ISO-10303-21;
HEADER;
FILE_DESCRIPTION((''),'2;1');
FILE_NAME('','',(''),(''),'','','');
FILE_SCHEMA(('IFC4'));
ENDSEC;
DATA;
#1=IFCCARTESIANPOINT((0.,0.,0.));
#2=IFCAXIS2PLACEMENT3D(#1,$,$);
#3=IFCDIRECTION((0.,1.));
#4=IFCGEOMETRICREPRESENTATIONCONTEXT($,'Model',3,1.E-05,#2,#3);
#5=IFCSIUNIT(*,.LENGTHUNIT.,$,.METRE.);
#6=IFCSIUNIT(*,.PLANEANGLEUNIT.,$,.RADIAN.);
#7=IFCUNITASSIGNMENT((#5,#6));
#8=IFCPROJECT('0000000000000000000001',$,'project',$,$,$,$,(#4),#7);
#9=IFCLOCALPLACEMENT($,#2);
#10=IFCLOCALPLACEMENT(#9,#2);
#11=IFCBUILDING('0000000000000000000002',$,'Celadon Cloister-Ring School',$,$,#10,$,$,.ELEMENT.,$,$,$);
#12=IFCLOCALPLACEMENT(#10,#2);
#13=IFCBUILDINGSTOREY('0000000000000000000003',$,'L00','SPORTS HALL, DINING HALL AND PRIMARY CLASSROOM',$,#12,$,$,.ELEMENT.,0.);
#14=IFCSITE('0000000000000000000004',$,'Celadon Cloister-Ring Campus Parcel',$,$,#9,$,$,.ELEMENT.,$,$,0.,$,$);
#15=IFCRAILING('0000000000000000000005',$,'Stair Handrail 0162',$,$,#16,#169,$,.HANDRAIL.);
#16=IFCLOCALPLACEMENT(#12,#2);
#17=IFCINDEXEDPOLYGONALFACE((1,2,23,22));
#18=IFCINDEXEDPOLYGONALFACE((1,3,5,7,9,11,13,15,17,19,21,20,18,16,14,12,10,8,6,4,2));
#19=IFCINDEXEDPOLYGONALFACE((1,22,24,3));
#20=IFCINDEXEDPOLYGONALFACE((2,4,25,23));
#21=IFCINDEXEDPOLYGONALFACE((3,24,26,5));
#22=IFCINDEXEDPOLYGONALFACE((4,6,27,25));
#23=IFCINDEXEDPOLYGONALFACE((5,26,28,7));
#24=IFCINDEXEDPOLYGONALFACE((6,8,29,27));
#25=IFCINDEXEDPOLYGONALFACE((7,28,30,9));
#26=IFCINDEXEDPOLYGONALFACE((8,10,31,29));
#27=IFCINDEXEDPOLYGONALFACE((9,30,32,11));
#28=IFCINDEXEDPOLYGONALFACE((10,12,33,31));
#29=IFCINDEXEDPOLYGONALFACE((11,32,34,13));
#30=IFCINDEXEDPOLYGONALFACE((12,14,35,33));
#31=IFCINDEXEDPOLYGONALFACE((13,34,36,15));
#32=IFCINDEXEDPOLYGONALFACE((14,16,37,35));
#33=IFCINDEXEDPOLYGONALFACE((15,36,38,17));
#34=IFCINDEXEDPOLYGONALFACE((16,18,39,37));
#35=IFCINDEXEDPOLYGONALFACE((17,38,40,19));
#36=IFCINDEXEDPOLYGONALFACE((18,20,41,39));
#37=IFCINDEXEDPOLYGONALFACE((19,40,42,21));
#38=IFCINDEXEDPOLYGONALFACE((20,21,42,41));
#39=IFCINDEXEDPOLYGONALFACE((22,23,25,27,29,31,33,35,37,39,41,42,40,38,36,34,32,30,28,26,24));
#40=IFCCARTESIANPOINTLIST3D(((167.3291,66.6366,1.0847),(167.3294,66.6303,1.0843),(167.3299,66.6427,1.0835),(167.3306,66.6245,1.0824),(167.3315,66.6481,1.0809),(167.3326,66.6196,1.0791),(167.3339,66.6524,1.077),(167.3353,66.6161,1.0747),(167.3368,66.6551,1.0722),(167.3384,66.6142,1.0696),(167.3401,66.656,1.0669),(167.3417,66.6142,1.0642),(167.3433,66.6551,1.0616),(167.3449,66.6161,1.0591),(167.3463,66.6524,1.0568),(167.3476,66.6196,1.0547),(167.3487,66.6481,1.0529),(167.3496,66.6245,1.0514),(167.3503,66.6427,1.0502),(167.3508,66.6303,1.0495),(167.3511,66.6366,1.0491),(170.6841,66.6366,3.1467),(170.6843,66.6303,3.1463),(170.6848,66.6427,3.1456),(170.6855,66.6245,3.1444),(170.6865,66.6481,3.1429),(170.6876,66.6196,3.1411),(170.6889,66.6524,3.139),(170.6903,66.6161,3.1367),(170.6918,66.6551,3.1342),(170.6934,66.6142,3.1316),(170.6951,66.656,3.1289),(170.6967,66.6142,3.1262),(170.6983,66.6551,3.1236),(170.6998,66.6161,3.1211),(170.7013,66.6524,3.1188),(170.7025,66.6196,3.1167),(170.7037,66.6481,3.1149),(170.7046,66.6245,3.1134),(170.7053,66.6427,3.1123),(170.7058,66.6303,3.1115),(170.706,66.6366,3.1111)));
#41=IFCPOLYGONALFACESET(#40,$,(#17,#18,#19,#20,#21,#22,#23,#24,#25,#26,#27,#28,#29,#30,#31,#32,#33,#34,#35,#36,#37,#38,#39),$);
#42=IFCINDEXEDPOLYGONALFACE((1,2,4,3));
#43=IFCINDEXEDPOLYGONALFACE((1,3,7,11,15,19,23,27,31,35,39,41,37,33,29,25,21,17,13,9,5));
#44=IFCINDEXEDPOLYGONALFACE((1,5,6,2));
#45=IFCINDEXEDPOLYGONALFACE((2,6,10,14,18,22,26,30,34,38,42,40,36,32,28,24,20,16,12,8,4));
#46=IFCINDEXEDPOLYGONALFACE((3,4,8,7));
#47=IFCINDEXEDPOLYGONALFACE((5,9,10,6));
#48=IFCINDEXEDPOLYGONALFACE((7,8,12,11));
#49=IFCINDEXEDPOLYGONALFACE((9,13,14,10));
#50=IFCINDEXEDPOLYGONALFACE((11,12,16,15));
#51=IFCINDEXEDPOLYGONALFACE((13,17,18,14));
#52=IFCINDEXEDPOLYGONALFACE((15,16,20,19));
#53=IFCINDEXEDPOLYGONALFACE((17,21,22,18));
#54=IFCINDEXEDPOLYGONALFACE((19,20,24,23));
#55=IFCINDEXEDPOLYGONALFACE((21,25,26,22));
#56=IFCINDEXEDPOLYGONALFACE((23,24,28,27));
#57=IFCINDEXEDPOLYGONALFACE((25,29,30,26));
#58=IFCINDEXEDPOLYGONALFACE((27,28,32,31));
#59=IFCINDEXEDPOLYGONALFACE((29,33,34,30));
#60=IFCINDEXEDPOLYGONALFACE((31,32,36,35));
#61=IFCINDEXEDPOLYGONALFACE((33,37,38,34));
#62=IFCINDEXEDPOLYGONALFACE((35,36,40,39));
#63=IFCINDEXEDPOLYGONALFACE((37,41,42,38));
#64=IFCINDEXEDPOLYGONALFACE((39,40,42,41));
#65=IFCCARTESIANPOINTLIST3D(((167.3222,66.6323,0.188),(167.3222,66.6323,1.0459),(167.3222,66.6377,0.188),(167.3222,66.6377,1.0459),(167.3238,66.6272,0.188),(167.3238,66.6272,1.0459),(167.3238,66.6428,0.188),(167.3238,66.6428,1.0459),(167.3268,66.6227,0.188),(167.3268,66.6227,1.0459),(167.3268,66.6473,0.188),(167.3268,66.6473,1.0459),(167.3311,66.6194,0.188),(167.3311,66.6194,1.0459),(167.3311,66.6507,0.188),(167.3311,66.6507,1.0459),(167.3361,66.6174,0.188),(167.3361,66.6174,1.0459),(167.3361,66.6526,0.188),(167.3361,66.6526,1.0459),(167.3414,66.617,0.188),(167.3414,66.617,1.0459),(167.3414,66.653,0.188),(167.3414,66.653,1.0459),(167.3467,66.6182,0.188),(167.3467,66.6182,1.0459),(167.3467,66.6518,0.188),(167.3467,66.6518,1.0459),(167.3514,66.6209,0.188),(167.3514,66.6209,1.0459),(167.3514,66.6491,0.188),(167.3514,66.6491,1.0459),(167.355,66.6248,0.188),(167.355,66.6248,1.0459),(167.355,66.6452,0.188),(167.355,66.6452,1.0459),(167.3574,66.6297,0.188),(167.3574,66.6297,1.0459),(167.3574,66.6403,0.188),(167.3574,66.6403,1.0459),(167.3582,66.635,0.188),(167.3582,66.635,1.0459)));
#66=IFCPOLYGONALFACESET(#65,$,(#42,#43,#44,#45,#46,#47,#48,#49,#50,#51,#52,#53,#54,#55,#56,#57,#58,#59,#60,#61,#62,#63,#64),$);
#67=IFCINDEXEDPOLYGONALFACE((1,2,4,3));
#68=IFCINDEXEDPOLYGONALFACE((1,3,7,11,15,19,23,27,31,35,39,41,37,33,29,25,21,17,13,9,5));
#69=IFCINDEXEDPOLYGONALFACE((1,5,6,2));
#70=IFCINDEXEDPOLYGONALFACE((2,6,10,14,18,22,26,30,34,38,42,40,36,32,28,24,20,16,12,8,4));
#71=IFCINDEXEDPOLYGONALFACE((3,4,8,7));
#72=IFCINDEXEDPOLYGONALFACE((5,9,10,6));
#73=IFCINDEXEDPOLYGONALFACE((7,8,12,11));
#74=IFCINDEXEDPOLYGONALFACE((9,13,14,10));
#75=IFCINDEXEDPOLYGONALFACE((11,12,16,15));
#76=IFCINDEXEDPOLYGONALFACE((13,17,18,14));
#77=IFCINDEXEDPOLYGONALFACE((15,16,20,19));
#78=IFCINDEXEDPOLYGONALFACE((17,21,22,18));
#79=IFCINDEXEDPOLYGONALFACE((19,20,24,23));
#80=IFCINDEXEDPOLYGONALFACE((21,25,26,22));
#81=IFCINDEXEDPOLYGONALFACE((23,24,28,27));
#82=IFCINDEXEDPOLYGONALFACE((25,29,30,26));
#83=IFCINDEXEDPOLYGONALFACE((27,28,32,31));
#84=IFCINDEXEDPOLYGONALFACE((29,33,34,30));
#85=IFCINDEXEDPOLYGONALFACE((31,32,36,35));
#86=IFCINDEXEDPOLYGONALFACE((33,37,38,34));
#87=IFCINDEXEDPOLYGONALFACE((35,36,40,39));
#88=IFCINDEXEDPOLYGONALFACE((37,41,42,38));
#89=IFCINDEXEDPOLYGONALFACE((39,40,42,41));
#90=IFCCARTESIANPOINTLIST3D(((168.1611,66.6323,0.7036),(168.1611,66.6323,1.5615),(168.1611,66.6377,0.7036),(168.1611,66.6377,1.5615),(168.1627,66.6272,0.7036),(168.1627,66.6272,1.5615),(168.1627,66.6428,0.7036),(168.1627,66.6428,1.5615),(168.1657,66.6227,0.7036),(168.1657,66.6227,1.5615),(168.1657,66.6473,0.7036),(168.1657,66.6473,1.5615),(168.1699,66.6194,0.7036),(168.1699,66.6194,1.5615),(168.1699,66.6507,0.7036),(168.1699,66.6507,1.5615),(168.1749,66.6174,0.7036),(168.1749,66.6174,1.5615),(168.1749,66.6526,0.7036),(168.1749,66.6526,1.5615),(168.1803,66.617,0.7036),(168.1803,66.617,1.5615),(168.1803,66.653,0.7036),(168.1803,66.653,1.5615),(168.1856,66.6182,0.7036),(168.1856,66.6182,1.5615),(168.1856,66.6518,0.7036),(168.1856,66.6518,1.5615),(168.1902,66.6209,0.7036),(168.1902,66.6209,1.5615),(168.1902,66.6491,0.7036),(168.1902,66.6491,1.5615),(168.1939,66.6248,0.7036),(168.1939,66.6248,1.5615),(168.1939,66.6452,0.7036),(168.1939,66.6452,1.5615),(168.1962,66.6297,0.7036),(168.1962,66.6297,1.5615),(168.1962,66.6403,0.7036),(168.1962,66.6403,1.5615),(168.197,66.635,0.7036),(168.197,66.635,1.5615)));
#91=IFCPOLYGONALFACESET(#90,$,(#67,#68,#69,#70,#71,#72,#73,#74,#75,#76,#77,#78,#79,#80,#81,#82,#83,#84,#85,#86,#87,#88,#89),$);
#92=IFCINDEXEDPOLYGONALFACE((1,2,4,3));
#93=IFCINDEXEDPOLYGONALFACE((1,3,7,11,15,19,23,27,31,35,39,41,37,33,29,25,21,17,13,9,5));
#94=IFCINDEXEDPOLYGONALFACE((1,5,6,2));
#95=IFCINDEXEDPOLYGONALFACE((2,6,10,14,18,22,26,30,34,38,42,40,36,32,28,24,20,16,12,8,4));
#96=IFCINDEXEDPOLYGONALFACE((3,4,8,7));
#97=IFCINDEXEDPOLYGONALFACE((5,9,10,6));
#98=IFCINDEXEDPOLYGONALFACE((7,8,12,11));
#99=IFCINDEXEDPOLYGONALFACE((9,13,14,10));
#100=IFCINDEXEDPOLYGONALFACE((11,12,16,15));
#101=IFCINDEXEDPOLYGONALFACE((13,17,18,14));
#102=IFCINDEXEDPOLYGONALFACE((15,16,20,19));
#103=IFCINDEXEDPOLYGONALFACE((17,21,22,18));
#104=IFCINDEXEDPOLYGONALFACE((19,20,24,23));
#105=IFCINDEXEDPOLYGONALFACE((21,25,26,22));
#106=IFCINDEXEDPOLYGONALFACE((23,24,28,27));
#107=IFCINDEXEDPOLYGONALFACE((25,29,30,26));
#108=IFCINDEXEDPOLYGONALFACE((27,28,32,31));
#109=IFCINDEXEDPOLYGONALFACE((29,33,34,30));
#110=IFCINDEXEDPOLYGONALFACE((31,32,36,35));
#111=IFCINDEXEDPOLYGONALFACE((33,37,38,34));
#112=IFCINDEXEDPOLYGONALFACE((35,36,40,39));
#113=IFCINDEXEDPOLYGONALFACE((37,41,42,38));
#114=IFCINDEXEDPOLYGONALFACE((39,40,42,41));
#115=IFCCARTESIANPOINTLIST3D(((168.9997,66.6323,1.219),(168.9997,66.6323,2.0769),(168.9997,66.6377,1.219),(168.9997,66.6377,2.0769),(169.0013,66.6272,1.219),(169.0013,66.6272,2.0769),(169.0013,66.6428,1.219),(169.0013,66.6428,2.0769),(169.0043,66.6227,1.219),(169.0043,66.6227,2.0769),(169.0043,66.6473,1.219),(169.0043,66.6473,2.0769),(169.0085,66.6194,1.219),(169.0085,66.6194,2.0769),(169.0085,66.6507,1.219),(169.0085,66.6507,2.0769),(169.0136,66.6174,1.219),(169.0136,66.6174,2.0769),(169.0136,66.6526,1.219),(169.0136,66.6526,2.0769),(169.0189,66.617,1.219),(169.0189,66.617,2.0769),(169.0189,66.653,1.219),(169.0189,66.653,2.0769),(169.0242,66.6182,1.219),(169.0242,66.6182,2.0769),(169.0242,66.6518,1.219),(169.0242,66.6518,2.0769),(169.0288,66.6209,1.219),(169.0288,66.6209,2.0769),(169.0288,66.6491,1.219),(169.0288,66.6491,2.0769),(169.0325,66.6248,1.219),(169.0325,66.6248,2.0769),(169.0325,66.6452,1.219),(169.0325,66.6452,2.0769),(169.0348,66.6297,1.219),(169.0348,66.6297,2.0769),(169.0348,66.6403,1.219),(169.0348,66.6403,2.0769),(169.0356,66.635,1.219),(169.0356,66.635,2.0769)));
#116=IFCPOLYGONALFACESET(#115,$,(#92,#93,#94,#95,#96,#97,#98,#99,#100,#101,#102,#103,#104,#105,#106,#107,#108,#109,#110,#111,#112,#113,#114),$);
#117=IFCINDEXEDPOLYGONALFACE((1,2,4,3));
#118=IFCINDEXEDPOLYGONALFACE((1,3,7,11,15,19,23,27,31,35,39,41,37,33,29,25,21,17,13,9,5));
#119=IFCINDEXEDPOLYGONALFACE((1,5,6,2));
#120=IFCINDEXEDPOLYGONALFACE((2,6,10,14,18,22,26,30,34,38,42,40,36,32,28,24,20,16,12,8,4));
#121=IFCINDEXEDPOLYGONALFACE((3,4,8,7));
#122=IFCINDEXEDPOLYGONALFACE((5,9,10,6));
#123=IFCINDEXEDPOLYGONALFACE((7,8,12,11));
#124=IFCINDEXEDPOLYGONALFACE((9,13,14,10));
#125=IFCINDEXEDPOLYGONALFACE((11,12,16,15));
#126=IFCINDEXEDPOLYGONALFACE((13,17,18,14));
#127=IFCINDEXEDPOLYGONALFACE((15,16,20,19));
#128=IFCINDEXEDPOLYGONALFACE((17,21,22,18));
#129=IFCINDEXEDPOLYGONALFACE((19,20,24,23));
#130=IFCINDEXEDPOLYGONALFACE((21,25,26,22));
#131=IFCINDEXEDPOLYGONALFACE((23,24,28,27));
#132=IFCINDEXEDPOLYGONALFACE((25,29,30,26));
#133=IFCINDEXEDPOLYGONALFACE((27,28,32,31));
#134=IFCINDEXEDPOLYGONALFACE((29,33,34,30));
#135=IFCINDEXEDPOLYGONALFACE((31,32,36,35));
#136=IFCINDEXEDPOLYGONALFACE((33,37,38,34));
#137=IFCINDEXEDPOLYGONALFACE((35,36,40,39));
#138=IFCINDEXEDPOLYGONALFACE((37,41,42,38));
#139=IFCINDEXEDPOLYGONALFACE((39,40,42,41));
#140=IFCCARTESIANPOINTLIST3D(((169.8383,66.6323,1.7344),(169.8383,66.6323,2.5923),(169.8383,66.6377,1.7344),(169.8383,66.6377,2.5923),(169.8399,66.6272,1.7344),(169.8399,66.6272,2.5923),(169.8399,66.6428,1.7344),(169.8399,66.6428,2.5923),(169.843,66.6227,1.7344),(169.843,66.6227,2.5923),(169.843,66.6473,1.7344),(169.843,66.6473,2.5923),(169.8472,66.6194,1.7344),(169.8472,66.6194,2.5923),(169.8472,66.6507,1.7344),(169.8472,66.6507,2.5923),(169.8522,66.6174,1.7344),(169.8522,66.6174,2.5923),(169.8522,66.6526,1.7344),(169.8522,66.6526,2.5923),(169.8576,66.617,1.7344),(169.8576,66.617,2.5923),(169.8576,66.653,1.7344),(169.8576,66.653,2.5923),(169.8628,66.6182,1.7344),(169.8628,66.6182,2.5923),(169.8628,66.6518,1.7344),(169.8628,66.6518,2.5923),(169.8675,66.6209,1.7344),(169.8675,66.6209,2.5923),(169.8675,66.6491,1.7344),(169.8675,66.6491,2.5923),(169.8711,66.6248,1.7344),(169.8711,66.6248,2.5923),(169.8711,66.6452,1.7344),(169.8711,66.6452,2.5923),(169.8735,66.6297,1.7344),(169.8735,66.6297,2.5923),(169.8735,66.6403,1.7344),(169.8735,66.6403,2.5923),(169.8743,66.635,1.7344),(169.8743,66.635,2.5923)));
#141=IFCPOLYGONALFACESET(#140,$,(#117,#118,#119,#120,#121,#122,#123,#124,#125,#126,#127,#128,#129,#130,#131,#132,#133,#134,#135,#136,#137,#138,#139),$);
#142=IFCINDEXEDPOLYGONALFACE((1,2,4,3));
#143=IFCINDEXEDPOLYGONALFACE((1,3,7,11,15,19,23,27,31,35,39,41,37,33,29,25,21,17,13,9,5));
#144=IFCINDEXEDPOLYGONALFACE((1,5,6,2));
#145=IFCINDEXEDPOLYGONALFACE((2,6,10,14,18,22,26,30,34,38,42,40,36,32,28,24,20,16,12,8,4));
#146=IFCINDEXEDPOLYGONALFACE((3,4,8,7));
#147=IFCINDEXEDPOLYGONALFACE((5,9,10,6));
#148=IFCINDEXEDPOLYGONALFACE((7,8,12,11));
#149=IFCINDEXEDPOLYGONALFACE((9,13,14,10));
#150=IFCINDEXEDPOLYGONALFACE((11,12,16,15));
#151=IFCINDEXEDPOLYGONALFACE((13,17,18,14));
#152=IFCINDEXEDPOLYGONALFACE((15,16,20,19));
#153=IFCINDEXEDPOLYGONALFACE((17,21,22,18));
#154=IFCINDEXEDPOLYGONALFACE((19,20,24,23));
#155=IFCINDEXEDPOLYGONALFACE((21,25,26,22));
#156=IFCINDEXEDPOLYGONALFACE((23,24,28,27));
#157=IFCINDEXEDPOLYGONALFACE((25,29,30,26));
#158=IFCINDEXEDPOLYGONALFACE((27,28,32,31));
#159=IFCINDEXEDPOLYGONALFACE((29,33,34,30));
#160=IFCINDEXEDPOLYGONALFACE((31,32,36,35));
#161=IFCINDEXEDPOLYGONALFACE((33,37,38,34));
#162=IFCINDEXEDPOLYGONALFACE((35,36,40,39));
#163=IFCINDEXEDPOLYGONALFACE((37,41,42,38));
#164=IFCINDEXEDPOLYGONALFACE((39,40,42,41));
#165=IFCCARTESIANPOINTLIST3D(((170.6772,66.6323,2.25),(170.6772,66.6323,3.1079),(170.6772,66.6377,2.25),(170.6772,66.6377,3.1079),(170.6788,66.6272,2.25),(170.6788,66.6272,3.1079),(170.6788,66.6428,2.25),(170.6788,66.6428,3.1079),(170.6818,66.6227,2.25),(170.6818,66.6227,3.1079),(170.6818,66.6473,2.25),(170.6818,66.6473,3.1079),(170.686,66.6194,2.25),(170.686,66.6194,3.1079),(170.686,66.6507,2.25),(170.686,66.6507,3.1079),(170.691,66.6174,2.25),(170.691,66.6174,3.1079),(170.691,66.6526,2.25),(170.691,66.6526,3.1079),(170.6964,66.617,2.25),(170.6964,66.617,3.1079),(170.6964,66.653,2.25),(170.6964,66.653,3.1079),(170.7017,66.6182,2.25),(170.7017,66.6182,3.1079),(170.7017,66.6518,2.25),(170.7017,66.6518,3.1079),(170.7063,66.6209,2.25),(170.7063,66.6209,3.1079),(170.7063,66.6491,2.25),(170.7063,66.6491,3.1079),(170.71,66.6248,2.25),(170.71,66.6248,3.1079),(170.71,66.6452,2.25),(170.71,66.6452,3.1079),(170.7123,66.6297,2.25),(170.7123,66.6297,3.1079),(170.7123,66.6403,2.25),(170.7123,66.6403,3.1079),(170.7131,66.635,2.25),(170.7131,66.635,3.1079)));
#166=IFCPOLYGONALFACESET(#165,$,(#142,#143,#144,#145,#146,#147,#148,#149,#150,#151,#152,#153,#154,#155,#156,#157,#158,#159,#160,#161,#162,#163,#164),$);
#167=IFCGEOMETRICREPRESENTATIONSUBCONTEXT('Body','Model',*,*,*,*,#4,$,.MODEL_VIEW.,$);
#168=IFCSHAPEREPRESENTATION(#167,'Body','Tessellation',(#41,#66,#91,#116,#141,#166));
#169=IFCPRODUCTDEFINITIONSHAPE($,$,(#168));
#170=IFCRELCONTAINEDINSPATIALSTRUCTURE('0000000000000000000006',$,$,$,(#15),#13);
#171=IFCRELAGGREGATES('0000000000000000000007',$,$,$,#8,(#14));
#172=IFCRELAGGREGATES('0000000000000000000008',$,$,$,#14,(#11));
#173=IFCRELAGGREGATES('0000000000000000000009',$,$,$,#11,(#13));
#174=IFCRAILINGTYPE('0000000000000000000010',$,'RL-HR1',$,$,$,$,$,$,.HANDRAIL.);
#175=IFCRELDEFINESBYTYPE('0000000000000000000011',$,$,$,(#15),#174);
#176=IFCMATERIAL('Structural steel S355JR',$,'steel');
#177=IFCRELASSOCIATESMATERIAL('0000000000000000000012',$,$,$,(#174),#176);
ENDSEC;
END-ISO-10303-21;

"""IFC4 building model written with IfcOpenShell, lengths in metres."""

from ifc_helpers import new_model, si_unit, direction, frame, origin, origin_2d, place, context, subcontext, project, spatial, circle, extrude, material, type_object, element, save


model = new_model("IFC4")

# Units and contexts
model_context = context("Model", 3, precision=1e-05, world=origin(), true_north=direction((0.0, 1.0)))
body_context = subcontext(model_context, "Body", "Model", "MODEL_VIEW")
ifc_project = project(units=[si_unit("LENGTHUNIT", "METRE"), si_unit("PLANEANGLEUNIT", "RADIAN")], contexts=[model_context])

# Site, building, storey
site_placement = place(None, origin())
site = spatial("IfcSite", under=ifc_project, at=site_placement, Name="Celadon Cloister-Ring Campus Parcel", CompositionType="ELEMENT", RefElevation=0.0)
building_placement = place(site_placement, origin())
building = spatial("IfcBuilding", under=site, at=building_placement, Name="Celadon Cloister-Ring School", CompositionType="ELEMENT")
storey_placement = place(building_placement, origin())
storey = spatial("IfcBuildingStorey", under=building, at=storey_placement, Name="L00", Description="SPORTS HALL, DINING HALL AND PRIMARY CLASSROOM", CompositionType="ELEMENT", Elevation=0.0)

# Railing
ifc_material_1 = material(Name="Structural steel S355JR", Category="steel")
railing_type_1 = type_object("IfcRailingType", Name="RL-HR1", PredefinedType="HANDRAIL", material=ifc_material_1)
for number, where, name in (
    (1, (167.3401, 66.635, 0.188), "Stair Handrail 0162"),
):
    element("IfcRailing", number, at=place(storey_placement, frame(where)), inside=storey, type_object=railing_type_1, Name=name, PredefinedType="HANDRAIL", context=body_context, shape_type="SweptSolid", body=[
        extrude(circle(Radius=0.021, at=origin_2d()), frame((0.0, 0.0, 0.8789), z_axis=(0.851952, 0.0, 0.52362), x_axis=(0.0, 1.0, 0.0)), (0.0, 0.0, 1.0), 3.938),
        extrude(circle(Radius=0.0181, at=origin_2d()), origin(), (0.0, 0.0, 1.0), 0.8579),
        extrude(circle(Radius=0.0181, at=origin_2d()), frame((0.8389, 0.0, 0.5156)), (0.0, 0.0, 1.0), 0.8579),
        extrude(circle(Radius=0.0181, at=origin_2d()), frame((1.6775, 0.0, 1.031)), (0.0, 0.0, 1.0), 0.8579),
        extrude(circle(Radius=0.0181, at=origin_2d()), frame((2.5161, 0.0, 1.5464)), (0.0, 0.0, 1.0), 0.8579),
        extrude(circle(Radius=0.0181, at=origin_2d()), frame((3.355, 0.0, 2.062)), (0.0, 0.0, 1.0), 0.8579),
    ])

save(model, "model.ifc")
